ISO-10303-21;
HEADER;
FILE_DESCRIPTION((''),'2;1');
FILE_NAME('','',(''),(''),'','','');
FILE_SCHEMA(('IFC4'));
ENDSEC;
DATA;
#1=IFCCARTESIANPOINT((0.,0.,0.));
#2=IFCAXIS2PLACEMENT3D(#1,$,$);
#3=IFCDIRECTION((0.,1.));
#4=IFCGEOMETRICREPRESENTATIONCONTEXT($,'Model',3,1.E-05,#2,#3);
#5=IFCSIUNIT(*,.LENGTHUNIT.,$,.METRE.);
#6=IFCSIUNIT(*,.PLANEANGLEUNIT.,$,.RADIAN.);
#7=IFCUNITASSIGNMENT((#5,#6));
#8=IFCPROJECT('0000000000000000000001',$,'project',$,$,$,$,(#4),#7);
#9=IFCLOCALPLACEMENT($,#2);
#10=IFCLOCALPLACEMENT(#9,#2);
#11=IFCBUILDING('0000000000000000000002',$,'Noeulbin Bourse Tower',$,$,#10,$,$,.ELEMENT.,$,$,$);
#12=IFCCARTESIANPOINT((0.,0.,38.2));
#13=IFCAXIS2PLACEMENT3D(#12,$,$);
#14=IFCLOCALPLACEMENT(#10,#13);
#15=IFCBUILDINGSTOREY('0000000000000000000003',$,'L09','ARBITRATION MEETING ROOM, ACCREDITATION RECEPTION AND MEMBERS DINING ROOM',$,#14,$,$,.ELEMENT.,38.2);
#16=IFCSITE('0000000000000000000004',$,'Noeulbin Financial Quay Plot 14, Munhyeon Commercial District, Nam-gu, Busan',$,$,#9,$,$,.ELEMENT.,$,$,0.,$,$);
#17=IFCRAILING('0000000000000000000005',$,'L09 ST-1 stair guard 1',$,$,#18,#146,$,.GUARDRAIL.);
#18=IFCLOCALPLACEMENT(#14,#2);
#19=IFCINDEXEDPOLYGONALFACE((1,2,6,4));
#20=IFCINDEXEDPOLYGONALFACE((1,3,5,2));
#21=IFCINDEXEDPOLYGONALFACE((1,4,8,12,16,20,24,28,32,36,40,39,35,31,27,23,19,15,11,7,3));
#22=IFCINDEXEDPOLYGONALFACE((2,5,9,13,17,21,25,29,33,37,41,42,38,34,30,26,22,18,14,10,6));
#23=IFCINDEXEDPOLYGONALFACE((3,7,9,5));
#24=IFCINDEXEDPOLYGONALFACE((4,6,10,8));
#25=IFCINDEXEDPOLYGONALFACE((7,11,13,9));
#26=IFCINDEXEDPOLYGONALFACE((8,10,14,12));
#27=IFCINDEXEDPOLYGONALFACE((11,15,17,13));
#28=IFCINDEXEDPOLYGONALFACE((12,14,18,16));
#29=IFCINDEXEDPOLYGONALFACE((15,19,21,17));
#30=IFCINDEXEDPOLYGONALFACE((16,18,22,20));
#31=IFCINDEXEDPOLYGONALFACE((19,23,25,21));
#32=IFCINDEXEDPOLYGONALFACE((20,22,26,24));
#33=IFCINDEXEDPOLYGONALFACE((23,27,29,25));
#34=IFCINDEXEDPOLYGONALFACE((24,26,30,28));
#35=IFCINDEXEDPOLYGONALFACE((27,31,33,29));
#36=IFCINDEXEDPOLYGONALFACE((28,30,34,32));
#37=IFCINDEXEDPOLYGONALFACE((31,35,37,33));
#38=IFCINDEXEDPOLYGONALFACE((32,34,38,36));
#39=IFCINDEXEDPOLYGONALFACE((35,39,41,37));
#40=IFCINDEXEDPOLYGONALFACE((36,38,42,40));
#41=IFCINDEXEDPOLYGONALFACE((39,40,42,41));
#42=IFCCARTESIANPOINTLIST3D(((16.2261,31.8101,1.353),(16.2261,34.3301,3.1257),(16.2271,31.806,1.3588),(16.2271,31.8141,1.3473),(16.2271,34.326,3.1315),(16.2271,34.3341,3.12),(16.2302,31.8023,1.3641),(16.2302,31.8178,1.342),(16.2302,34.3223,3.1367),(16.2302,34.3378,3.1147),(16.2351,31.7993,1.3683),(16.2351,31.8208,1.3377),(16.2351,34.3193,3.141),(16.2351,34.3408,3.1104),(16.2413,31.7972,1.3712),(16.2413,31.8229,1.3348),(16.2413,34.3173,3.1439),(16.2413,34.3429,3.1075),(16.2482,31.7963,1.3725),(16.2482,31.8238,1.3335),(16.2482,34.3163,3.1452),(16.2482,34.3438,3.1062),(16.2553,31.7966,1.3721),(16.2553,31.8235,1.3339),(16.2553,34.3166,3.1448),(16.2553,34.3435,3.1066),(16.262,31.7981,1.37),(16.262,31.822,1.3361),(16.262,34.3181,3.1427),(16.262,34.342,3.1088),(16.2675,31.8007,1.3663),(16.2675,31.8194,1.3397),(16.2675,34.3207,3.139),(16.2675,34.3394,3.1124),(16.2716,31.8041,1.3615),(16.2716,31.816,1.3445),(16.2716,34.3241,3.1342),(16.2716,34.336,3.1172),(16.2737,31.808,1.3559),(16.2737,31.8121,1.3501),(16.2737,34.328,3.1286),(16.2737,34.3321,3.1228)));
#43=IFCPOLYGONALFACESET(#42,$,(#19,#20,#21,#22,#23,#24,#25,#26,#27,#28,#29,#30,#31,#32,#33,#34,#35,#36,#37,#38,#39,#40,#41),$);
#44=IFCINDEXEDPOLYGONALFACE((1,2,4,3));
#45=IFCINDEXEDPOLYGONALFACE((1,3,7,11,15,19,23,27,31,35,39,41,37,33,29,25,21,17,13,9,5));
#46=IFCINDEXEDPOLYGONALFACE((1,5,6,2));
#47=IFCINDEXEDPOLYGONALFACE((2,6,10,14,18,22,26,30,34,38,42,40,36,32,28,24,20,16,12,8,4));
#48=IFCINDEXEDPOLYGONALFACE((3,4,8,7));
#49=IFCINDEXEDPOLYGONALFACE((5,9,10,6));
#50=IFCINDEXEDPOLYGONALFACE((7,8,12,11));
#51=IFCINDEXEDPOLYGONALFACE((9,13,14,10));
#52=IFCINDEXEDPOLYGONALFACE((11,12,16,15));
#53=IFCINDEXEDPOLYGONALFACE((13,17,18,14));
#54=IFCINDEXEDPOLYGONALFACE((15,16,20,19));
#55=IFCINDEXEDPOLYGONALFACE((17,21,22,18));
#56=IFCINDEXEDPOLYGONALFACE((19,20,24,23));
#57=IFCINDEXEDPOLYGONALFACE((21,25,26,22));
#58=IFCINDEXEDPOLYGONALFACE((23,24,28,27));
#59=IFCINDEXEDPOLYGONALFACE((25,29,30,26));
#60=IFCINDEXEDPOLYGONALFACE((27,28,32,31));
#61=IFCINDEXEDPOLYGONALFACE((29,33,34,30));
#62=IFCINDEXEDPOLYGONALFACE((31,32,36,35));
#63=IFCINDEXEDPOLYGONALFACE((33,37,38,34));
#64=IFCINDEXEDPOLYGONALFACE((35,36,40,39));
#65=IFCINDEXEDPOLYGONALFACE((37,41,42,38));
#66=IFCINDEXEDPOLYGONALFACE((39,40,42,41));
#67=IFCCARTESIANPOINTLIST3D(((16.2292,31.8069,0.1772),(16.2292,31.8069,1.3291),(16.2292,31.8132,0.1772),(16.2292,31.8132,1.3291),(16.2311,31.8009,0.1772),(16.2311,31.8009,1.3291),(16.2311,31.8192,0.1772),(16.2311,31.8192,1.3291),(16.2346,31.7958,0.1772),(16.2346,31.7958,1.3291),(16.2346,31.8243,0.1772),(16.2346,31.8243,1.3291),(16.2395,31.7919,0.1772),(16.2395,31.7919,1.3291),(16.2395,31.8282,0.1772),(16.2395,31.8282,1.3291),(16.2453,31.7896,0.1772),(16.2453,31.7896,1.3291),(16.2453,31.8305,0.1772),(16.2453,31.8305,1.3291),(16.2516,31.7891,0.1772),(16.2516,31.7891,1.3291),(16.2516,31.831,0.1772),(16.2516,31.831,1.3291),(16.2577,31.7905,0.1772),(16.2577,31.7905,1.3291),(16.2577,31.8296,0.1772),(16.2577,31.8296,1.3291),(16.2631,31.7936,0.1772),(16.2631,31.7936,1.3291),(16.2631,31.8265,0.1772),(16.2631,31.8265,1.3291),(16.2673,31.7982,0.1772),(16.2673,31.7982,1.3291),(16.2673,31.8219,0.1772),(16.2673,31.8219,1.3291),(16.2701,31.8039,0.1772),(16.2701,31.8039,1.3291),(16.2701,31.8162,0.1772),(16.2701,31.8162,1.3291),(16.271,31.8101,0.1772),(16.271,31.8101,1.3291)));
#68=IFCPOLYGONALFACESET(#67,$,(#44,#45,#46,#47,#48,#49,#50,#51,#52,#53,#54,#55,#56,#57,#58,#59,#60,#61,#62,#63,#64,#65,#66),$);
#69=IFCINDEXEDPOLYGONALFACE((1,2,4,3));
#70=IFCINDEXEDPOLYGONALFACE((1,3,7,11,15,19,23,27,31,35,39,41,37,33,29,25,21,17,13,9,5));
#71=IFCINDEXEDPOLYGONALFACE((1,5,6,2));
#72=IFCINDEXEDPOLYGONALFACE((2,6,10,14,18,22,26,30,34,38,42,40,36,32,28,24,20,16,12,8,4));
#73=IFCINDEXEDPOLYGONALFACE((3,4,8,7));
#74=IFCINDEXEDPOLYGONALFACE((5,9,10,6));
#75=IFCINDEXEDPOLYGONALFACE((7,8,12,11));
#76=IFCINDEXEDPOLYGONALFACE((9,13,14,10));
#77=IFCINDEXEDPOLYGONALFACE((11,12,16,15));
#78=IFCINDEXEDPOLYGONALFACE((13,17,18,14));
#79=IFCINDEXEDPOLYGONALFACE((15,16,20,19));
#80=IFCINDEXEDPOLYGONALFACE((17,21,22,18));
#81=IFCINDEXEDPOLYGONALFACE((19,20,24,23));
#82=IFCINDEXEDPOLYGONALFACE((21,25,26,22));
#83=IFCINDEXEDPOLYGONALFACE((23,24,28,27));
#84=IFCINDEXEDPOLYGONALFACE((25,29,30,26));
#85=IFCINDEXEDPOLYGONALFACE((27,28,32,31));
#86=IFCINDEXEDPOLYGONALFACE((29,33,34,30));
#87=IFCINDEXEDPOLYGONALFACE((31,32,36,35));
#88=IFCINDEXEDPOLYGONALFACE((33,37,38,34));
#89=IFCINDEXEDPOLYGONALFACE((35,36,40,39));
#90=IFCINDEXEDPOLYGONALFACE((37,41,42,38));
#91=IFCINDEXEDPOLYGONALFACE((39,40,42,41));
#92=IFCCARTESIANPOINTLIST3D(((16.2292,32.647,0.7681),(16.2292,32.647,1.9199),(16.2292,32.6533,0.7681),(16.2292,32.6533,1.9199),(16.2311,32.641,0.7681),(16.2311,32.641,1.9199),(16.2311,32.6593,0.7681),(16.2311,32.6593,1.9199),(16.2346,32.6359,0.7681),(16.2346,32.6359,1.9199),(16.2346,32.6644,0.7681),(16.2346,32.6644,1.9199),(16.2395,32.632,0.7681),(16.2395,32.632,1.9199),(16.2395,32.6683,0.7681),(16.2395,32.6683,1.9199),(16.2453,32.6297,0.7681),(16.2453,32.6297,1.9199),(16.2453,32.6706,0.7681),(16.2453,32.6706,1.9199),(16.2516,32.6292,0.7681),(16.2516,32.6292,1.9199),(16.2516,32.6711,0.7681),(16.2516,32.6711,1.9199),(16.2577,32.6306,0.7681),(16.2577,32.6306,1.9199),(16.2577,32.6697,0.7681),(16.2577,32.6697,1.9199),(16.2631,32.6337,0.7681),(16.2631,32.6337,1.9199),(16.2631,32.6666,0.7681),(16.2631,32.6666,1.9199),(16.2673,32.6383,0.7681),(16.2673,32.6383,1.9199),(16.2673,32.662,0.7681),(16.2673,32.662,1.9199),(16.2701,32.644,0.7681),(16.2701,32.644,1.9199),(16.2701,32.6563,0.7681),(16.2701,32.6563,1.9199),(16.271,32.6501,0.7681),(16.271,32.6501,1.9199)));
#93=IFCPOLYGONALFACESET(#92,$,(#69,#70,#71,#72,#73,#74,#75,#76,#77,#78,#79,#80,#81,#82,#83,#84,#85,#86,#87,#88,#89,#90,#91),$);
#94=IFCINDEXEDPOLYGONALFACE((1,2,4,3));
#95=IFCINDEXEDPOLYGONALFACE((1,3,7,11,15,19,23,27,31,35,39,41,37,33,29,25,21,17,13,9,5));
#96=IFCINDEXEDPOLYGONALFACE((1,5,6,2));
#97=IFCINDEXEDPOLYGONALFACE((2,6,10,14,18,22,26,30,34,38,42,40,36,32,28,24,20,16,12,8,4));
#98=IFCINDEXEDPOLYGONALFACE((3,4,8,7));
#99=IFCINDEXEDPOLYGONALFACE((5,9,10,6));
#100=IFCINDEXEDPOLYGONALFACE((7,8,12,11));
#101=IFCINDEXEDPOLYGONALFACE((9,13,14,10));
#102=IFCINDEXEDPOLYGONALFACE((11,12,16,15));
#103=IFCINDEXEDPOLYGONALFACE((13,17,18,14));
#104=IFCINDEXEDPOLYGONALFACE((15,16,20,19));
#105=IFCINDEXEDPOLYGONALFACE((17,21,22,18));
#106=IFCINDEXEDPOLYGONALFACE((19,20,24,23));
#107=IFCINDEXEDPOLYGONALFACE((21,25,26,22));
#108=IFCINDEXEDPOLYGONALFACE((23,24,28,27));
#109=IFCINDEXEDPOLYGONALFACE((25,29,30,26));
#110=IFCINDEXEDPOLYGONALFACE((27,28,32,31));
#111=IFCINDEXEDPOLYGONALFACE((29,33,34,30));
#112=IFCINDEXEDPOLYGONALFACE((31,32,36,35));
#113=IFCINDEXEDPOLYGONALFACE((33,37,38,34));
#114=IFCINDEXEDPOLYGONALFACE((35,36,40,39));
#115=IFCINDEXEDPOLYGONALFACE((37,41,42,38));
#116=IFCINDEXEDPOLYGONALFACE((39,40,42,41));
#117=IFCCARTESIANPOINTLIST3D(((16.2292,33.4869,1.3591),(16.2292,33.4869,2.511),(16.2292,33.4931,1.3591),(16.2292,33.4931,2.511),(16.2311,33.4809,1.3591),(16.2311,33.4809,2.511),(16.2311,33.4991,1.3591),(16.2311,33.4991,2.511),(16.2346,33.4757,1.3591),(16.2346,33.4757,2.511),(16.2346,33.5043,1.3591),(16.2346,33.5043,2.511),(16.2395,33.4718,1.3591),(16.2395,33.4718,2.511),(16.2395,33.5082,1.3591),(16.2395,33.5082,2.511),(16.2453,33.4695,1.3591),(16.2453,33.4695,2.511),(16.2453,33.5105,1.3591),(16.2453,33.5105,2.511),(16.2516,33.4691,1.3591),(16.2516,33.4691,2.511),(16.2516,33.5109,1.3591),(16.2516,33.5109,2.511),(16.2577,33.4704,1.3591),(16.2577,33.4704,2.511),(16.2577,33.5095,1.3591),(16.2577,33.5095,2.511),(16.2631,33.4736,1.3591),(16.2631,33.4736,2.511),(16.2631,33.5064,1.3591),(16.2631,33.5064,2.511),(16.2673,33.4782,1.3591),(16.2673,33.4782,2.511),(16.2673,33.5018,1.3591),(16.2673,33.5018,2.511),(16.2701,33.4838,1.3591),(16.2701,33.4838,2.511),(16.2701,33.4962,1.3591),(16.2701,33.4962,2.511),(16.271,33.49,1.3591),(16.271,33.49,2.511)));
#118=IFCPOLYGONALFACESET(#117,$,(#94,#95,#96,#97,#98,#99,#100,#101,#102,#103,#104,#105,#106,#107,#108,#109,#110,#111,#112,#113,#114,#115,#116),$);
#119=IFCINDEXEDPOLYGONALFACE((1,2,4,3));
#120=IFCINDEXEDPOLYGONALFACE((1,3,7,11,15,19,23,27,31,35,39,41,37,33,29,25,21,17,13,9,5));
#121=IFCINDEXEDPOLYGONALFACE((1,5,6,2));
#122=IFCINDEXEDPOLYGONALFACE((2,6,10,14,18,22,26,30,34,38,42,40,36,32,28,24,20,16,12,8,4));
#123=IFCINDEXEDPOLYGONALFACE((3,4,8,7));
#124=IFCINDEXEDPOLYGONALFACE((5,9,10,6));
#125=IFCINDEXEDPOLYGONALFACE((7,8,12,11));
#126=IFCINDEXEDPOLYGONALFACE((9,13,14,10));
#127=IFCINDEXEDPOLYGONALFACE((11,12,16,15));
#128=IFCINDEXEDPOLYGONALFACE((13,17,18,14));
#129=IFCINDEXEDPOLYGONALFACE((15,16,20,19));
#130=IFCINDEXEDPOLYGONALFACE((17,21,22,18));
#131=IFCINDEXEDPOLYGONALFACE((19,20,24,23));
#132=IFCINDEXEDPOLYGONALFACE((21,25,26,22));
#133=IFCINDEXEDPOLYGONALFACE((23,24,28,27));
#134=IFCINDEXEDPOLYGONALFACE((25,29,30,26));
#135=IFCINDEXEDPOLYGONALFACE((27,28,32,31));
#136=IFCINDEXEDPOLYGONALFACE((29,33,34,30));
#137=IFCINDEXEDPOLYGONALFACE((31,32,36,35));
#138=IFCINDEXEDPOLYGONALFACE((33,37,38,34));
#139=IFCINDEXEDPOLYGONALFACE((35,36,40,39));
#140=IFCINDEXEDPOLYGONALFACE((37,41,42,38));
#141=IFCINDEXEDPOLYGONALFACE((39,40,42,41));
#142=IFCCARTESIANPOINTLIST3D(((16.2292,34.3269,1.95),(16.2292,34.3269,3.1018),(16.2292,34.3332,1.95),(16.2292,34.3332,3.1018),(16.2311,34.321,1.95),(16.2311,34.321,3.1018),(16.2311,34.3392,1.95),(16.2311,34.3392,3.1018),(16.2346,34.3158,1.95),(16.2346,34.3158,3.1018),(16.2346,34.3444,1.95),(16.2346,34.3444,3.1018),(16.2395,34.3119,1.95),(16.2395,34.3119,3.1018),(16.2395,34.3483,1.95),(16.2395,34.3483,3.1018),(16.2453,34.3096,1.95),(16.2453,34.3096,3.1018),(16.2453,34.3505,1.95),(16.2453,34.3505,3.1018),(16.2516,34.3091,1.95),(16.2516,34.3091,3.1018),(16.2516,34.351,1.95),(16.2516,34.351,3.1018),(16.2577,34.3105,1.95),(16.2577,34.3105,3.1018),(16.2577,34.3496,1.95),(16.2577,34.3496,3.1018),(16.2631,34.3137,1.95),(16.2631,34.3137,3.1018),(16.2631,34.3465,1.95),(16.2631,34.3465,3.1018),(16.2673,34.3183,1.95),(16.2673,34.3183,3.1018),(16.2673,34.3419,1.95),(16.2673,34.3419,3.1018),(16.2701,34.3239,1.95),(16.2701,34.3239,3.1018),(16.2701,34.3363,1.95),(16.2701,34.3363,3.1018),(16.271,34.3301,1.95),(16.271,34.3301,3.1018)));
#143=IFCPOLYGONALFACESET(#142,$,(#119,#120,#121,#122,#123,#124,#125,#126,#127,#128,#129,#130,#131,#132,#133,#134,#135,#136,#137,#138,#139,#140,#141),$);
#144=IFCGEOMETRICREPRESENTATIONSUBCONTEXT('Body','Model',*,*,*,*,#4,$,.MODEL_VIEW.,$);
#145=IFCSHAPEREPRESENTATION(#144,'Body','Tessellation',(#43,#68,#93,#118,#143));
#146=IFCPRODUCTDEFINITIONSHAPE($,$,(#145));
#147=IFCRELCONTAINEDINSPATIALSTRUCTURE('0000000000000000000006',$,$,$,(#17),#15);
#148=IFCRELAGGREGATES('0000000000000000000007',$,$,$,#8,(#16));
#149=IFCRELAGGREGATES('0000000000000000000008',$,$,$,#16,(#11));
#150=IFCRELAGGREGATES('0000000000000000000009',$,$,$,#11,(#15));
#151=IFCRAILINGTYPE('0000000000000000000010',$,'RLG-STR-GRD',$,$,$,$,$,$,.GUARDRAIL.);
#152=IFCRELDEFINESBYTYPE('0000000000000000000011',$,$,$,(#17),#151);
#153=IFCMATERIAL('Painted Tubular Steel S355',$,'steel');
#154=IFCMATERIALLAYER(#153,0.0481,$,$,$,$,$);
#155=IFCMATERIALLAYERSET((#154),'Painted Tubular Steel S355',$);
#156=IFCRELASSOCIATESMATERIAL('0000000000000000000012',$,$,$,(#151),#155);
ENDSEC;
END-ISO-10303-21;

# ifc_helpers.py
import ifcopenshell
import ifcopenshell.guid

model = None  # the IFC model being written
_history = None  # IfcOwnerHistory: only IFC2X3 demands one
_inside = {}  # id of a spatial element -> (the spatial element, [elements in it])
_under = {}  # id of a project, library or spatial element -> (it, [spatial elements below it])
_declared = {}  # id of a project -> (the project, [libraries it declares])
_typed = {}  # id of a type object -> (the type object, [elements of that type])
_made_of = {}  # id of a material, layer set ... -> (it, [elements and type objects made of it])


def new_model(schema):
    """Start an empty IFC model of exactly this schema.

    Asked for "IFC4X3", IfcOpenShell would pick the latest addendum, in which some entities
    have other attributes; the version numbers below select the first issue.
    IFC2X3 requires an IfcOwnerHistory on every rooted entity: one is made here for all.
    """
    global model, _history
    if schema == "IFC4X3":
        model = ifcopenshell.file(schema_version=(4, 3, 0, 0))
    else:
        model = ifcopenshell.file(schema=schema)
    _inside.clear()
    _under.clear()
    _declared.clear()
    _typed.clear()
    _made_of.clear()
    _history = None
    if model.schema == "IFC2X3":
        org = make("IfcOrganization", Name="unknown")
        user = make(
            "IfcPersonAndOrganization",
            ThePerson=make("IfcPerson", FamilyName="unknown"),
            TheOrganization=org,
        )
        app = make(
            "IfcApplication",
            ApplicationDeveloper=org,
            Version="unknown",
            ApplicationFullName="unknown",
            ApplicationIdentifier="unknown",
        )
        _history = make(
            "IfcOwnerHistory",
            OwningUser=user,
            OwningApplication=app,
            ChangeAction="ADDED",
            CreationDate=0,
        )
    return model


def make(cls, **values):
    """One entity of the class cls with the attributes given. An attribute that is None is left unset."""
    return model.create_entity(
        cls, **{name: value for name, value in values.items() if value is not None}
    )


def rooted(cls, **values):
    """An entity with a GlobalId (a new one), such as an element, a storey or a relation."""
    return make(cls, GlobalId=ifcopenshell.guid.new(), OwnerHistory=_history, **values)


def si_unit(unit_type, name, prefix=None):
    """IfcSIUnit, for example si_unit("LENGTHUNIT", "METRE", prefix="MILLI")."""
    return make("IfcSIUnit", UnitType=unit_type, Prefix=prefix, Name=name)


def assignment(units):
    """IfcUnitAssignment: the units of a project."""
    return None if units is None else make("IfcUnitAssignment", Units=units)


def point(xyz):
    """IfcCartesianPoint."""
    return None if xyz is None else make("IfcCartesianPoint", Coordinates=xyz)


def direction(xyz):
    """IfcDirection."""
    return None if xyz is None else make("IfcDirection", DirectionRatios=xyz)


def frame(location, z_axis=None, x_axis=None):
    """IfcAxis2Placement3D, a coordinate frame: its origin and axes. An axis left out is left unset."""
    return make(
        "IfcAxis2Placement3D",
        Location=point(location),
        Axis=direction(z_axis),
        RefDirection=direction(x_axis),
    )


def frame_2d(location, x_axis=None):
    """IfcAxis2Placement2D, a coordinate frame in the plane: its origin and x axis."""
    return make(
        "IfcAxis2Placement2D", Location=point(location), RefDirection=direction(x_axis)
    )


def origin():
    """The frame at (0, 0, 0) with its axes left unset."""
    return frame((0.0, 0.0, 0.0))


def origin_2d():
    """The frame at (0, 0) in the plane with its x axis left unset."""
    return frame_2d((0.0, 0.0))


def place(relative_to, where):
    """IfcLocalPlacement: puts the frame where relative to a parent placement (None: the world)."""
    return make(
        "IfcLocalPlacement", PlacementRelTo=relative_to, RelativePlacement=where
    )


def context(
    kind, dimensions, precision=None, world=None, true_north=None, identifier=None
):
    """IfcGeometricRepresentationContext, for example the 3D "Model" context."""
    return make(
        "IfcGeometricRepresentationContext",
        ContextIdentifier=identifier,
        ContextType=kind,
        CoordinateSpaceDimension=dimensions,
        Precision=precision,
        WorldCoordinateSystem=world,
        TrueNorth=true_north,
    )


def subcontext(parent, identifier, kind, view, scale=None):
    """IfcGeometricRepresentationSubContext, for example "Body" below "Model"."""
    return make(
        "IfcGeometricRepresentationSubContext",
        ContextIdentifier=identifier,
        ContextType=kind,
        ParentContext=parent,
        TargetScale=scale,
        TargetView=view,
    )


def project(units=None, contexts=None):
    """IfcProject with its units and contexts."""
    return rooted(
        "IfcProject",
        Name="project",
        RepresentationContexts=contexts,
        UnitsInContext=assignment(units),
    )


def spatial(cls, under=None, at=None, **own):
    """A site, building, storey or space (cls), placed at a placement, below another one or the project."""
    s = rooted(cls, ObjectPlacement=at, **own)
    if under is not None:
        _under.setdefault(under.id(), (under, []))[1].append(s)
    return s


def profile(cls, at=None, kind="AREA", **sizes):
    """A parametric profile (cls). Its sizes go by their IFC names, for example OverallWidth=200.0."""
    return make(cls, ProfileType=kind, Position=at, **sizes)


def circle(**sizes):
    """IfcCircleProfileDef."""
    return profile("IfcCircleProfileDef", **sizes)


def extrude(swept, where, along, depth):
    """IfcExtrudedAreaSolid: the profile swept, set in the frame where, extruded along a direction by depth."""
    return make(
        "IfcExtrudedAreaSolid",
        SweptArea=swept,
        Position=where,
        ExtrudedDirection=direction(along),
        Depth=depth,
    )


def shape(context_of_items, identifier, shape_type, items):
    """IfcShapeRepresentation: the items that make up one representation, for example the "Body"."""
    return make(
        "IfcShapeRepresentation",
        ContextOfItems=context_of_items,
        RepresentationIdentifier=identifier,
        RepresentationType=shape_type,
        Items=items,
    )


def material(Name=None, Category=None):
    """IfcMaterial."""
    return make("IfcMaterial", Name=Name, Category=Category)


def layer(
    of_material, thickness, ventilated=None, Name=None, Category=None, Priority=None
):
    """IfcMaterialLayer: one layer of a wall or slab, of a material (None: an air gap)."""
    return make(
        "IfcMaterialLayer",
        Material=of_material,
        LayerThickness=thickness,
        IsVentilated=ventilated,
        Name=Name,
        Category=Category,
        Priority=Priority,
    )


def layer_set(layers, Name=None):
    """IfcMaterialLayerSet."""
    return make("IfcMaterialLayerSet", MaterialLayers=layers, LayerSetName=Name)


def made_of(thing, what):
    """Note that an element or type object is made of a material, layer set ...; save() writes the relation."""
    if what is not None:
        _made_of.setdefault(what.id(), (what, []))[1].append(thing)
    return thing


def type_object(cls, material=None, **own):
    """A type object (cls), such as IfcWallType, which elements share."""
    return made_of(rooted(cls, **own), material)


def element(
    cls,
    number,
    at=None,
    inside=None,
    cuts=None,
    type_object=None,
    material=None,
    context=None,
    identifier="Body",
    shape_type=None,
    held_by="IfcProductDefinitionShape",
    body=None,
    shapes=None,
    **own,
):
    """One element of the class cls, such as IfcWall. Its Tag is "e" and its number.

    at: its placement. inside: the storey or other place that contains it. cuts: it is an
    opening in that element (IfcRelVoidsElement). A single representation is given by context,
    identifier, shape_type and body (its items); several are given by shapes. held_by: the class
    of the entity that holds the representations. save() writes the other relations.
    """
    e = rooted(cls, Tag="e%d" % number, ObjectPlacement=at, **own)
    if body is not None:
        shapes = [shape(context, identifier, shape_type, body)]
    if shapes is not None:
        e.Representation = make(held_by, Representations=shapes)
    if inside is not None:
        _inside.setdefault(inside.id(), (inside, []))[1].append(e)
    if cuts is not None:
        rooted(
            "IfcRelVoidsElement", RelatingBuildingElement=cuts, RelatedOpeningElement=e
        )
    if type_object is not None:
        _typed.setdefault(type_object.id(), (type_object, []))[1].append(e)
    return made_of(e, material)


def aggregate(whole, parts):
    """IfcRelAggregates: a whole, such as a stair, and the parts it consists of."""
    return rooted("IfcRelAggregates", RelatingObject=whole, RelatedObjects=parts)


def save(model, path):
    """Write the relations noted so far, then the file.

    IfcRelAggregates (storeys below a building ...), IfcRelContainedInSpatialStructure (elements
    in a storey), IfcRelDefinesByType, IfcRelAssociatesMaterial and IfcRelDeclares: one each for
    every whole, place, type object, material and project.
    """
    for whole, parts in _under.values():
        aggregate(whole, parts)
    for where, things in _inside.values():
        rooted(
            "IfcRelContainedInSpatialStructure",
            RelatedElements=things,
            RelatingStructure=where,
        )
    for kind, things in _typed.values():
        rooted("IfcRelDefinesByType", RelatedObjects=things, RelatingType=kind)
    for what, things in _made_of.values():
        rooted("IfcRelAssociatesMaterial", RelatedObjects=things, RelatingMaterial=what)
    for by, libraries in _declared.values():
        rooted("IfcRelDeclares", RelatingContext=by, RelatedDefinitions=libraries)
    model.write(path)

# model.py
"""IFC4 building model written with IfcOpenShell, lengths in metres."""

from ifc_helpers import new_model, si_unit, direction, frame, origin, origin_2d, place, context, subcontext, project, spatial, circle, extrude, material, layer, layer_set, type_object, element, save


model = new_model("IFC4")

# Units and contexts
model_context = context("Model", 3, precision=1e-05, world=origin(), true_north=direction((0.0, 1.0)))
body_context = subcontext(model_context, "Body", "Model", "MODEL_VIEW")
ifc_project = project(units=[si_unit("LENGTHUNIT", "METRE"), si_unit("PLANEANGLEUNIT", "RADIAN")], contexts=[model_context])

# Site, building, storey
site_placement = place(None, origin())
site = spatial("IfcSite", under=ifc_project, at=site_placement, Name="Noeulbin Financial Quay Plot 14, Munhyeon Commercial District, Nam-gu, Busan", CompositionType="ELEMENT", RefElevation=0.0)
building_placement = place(site_placement, origin())
building = spatial("IfcBuilding", under=site, at=building_placement, Name="Noeulbin Bourse Tower", CompositionType="ELEMENT")
storey_placement = place(building_placement, frame((0.0, 0.0, 38.2)))
storey = spatial("IfcBuildingStorey", under=building, at=storey_placement, Name="L09", Description="ARBITRATION MEETING ROOM, ACCREDITATION RECEPTION AND MEMBERS DINING ROOM", CompositionType="ELEMENT", Elevation=38.2)

# Railing
ifc_material_1 = material(Name="Painted Tubular Steel S355", Category="steel")
ifc_layer_1 = layer(ifc_material_1, 0.0481)
ifc_layer_set_1 = layer_set([ifc_layer_1], Name="Painted Tubular Steel S355")
railing_type_1 = type_object("IfcRailingType", Name="RLG-STR-GRD", PredefinedType="GUARDRAIL", material=ifc_layer_set_1)
railing_1_placement = place(storey_placement, frame((16.25, 31.8101, 0.1772)))
element("IfcRailing", 1, at=railing_1_placement, inside=storey, type_object=railing_type_1, Name="L09 ST-1 stair guard 1", PredefinedType="GUARDRAIL", context=body_context, shape_type="SweptSolid", body=[
    extrude(circle(Radius=0.0239, at=origin_2d()), frame((0.0, 0.0, 1.1758), z_axis=(0.0, 0.817904, 0.575354), x_axis=(-1.0, 0.0, 0.0)), (0.0, 0.0, 1.0), 3.0811),
    extrude(circle(Radius=0.021, at=origin_2d()), origin(), (0.0, 0.0, 1.0), 1.1519),
    extrude(circle(Radius=0.021, at=origin_2d()), frame((0.0, 0.8401, 0.5908)), (0.0, 0.0, 1.0), 1.1519),
    extrude(circle(Radius=0.021, at=origin_2d()), frame((0.0, 1.6799, 1.1819)), (0.0, 0.0, 1.0), 1.1519),
    extrude(circle(Radius=0.021, at=origin_2d()), frame((0.0, 2.52, 1.7727)), (0.0, 0.0, 1.0), 1.1519),
])

save(model, "model.ifc")
